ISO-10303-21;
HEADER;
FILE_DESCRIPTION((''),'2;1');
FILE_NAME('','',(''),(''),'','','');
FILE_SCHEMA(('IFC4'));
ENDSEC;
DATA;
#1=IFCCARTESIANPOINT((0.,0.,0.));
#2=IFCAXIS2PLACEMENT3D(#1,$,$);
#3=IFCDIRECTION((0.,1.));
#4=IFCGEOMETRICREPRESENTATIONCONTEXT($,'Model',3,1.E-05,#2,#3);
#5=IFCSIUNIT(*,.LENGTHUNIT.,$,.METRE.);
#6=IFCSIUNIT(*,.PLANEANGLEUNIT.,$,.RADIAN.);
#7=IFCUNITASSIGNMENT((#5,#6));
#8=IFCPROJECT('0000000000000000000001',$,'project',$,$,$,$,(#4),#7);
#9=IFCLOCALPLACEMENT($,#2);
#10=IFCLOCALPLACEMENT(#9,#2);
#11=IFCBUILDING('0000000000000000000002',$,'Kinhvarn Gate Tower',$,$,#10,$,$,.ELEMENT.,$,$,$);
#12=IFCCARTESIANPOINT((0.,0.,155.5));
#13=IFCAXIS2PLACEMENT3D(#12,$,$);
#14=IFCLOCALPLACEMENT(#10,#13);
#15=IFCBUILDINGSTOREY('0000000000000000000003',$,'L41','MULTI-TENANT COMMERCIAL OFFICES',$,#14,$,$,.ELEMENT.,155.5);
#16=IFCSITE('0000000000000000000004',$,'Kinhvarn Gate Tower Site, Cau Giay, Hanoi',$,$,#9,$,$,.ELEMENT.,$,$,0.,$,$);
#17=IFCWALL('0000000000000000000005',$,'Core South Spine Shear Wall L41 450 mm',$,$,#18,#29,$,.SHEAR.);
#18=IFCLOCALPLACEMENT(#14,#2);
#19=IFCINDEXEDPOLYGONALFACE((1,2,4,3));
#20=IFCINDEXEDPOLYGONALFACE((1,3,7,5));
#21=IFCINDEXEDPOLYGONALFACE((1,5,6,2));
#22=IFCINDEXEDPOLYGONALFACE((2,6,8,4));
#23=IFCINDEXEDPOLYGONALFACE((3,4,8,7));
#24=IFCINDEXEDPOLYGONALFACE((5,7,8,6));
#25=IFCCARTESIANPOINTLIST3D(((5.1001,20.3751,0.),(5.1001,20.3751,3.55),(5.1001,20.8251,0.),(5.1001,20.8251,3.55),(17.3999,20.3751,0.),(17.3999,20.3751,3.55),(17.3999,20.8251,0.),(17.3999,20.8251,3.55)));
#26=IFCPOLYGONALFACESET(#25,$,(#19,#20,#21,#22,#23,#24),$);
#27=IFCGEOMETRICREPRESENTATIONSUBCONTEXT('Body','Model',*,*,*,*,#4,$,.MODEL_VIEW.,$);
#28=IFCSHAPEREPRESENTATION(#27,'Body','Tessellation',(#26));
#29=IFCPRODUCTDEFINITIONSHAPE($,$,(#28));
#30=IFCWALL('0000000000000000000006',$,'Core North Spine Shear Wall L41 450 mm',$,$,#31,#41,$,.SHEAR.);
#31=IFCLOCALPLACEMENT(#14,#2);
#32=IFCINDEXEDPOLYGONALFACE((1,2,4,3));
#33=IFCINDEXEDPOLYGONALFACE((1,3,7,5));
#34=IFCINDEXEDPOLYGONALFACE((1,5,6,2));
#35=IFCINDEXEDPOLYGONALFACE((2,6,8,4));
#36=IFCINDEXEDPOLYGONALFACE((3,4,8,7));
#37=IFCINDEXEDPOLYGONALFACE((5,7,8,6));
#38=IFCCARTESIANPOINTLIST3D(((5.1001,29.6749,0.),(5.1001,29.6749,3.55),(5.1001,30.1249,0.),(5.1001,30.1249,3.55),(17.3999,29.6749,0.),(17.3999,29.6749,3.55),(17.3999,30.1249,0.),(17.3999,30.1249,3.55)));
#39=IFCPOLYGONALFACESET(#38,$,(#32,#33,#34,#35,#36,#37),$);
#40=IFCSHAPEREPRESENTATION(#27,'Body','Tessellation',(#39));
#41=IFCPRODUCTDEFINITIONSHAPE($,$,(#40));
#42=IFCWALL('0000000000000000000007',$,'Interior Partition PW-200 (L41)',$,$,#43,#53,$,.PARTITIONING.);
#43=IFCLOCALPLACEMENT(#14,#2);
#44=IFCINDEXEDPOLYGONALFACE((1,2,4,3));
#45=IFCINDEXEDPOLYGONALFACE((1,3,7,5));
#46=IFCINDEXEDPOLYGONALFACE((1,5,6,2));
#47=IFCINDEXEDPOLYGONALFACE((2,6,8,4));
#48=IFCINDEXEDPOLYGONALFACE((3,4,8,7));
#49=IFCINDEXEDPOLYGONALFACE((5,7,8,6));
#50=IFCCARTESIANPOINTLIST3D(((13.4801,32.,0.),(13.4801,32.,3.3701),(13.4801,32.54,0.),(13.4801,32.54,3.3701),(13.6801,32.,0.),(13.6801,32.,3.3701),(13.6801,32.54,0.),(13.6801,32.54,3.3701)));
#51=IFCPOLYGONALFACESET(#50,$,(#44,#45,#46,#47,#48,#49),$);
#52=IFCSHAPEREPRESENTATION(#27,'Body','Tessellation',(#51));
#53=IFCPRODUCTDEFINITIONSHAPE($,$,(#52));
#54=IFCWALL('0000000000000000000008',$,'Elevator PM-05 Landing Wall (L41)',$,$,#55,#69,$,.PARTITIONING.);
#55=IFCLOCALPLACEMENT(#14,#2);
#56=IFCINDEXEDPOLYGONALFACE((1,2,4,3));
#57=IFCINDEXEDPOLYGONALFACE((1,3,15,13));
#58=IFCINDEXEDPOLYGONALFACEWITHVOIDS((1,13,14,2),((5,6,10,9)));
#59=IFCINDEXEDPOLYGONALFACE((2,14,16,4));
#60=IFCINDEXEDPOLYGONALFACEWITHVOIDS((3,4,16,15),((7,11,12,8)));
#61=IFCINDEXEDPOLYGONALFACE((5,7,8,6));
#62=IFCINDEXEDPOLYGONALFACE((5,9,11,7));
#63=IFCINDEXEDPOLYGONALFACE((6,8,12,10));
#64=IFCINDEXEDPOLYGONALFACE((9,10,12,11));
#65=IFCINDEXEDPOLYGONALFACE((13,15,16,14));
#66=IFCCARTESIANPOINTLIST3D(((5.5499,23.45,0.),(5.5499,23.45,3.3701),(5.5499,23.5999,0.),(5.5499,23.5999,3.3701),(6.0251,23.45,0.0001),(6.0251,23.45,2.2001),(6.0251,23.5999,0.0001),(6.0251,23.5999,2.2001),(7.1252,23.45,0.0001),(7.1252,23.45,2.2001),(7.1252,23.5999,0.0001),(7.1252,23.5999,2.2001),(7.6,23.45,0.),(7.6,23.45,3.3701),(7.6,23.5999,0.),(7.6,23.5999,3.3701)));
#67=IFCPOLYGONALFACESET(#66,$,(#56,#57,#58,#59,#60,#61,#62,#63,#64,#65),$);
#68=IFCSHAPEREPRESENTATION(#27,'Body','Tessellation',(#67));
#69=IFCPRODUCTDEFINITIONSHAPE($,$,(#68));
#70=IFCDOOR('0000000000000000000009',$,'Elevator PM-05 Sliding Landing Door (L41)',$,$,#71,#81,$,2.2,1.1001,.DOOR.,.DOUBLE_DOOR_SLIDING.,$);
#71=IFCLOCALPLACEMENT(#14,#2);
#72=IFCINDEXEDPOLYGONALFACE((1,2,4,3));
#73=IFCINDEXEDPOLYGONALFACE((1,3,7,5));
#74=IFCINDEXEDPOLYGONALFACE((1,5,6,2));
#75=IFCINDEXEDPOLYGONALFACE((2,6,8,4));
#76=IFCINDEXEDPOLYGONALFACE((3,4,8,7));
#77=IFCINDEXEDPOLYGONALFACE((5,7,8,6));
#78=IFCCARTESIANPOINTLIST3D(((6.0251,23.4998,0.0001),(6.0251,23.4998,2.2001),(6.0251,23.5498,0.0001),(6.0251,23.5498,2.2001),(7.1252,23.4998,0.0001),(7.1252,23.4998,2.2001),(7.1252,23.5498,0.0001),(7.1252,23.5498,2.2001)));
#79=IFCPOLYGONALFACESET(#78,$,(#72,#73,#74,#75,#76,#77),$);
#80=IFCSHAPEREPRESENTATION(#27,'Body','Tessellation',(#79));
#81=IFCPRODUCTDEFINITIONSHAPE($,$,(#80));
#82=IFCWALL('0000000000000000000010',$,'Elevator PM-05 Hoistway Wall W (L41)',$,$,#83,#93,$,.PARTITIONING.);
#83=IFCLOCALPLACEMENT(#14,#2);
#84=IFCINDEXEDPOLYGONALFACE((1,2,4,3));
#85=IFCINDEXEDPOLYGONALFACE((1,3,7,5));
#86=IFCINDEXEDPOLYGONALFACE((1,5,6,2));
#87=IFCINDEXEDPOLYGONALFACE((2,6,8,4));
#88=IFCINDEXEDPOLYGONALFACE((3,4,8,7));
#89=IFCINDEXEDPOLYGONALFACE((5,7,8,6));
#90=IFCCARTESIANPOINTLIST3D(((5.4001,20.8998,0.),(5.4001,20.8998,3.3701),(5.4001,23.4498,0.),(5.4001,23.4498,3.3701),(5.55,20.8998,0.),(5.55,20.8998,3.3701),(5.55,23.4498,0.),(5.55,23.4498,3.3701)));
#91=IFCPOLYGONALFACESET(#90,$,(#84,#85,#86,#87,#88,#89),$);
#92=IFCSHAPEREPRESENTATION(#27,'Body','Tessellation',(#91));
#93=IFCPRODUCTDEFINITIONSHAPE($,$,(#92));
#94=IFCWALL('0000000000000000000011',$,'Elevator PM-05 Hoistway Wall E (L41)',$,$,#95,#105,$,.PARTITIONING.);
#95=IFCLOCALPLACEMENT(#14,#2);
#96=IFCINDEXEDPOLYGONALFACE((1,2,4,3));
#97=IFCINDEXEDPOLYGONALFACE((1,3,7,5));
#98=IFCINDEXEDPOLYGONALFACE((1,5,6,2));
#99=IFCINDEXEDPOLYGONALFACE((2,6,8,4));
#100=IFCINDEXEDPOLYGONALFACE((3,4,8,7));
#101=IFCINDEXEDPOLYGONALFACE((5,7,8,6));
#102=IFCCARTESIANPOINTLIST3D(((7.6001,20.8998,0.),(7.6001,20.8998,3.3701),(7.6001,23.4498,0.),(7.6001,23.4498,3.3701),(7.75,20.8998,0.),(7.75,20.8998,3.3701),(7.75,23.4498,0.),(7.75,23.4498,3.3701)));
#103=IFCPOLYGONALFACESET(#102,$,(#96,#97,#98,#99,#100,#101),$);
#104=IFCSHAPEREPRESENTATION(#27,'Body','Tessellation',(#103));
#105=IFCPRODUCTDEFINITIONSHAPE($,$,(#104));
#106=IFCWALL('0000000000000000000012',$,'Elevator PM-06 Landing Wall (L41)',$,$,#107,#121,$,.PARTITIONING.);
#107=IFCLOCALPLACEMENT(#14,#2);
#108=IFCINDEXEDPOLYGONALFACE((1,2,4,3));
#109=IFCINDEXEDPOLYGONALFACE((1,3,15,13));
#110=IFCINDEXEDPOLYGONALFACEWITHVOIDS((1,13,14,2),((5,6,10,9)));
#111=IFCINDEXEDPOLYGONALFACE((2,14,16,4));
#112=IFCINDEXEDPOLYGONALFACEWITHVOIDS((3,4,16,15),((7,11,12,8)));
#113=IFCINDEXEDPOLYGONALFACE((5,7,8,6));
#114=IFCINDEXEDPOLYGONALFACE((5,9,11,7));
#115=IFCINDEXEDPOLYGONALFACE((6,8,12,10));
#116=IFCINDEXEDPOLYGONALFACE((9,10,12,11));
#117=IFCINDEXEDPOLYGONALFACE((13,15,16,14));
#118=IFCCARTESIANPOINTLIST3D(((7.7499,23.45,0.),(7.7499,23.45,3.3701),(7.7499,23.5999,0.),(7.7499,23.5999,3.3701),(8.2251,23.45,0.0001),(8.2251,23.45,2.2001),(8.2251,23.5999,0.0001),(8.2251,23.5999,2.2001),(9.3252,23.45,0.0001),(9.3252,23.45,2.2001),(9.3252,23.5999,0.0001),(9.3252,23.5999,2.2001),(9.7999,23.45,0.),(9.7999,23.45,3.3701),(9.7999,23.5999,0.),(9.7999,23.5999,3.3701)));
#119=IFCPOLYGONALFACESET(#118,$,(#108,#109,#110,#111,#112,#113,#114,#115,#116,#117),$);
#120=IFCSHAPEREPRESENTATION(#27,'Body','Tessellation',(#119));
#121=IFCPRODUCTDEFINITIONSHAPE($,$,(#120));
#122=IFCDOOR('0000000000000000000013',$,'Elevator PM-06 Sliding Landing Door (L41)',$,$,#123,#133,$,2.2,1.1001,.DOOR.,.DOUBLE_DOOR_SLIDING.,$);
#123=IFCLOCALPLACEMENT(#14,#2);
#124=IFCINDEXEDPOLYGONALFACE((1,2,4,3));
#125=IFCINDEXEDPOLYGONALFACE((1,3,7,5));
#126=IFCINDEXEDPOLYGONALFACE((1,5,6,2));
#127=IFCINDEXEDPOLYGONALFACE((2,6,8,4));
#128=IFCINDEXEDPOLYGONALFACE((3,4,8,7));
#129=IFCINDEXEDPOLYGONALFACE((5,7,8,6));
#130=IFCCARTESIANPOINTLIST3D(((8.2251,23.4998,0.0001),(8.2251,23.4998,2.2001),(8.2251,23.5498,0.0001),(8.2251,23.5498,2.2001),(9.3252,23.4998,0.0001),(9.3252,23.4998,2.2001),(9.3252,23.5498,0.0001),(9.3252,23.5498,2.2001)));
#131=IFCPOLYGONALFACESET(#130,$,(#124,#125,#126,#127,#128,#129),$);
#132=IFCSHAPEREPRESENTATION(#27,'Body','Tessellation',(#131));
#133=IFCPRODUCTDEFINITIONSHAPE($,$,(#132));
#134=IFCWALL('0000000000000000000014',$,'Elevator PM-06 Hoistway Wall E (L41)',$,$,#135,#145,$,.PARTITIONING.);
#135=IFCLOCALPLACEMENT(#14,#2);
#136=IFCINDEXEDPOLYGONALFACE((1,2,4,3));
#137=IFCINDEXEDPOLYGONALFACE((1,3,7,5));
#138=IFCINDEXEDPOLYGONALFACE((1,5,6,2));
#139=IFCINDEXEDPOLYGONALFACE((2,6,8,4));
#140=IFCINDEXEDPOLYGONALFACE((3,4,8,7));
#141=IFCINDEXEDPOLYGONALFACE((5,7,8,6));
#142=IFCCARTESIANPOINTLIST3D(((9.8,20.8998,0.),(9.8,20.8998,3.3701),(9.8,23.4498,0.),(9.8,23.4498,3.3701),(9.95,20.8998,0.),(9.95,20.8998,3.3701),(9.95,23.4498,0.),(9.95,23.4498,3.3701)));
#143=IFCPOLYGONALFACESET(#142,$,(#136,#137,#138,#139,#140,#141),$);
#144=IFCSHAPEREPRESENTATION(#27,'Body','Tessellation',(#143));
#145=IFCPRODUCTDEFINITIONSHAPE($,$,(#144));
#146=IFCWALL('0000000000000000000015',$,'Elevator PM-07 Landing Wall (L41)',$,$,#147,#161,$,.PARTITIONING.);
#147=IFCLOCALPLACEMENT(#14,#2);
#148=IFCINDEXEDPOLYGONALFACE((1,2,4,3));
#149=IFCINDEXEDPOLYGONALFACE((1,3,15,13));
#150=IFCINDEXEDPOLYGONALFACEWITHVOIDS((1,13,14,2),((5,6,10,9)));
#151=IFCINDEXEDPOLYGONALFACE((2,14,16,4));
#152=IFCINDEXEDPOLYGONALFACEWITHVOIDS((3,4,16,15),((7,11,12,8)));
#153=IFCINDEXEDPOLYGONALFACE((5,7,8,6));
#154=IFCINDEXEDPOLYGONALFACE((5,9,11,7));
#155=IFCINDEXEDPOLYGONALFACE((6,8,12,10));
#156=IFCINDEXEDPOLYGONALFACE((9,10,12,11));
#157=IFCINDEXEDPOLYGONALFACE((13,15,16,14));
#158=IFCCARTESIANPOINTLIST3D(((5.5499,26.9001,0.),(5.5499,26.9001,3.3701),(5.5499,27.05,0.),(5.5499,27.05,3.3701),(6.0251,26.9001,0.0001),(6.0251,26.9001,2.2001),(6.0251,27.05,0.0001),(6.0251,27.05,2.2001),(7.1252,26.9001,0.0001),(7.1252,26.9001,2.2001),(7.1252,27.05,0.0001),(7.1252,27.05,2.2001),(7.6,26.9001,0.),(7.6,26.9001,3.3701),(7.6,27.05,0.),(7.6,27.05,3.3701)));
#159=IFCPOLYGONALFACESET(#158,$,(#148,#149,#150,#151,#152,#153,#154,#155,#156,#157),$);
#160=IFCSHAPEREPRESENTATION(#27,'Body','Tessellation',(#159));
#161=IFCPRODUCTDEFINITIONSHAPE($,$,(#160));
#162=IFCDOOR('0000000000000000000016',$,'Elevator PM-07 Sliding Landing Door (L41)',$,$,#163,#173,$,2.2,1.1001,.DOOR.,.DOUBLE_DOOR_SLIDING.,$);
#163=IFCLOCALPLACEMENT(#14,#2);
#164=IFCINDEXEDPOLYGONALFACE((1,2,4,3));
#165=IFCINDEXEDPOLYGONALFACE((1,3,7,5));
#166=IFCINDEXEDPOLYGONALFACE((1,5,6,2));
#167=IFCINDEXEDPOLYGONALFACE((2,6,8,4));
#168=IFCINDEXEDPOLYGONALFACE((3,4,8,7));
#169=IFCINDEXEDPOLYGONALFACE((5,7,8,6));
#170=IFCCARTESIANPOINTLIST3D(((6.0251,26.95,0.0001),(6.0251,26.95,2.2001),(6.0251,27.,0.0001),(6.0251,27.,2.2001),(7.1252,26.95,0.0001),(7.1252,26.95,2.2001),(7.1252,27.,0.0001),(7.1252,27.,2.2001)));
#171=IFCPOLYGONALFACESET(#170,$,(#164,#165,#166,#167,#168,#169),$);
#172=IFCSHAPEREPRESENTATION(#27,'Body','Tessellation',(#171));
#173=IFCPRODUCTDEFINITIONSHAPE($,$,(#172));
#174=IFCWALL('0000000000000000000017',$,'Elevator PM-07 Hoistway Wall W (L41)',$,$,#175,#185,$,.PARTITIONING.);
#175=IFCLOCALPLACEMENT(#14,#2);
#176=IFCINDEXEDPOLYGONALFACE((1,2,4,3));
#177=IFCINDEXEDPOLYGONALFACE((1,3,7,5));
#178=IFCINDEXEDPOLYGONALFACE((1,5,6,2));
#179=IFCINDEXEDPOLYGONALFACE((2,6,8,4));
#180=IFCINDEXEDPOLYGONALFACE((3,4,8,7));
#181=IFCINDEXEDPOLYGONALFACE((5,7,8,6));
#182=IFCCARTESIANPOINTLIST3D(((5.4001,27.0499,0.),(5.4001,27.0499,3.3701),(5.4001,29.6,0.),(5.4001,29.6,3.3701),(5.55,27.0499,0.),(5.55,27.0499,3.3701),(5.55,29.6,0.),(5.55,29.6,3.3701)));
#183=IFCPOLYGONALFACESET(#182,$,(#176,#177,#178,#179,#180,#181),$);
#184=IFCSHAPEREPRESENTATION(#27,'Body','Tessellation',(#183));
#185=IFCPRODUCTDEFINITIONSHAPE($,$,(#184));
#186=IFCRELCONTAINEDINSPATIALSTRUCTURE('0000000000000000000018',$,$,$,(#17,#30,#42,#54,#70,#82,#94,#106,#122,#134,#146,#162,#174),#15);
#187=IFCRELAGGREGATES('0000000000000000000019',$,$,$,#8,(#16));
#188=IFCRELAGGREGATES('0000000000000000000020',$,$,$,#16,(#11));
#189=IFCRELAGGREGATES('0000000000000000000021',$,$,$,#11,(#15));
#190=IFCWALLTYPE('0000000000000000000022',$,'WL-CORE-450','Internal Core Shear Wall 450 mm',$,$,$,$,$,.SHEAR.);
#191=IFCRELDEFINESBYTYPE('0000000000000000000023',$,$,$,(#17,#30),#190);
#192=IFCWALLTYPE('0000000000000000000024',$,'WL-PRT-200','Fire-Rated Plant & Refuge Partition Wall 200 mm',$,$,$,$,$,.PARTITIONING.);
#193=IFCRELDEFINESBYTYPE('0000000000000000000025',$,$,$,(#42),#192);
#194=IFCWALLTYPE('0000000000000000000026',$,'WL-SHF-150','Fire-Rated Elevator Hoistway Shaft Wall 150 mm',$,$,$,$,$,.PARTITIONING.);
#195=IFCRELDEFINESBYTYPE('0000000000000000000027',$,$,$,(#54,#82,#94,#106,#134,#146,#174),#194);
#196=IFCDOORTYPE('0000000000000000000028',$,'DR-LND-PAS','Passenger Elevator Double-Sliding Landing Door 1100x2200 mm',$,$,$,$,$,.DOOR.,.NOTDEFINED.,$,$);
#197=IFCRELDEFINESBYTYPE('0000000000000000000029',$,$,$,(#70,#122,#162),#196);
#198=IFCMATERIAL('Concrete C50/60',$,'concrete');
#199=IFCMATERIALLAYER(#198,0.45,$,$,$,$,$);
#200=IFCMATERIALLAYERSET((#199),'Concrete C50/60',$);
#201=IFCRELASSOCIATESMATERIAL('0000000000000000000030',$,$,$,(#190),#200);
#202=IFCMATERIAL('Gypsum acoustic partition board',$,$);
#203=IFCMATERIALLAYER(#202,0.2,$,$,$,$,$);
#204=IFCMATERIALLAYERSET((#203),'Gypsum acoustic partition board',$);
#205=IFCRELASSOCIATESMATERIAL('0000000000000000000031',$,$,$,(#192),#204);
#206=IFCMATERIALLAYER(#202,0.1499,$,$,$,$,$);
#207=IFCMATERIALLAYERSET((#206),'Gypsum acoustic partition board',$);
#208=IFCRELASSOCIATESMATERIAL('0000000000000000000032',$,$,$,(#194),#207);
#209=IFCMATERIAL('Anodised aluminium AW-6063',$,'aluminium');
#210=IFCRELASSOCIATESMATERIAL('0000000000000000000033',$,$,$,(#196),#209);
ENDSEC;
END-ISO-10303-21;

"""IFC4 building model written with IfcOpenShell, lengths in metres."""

from ifc_helpers import new_model, si_unit, direction, frame, frame_2d, origin, place, context, subcontext, project, spatial, rectangle, extrude, material, layer, layer_set, type_object, element, fill, save


model = new_model("IFC4")

# Units and contexts
model_context = context("Model", 3, precision=1e-05, world=origin(), true_north=direction((0.0, 1.0)))
body_context = subcontext(model_context, "Body", "Model", "MODEL_VIEW")
ifc_project = project(units=[si_unit("LENGTHUNIT", "METRE"), si_unit("PLANEANGLEUNIT", "RADIAN")], contexts=[model_context])

# Site, building, storey
site_placement = place(None, origin())
site = spatial("IfcSite", under=ifc_project, at=site_placement, Name="Kinhvarn Gate Tower Site, Cau Giay, Hanoi", CompositionType="ELEMENT", RefElevation=0.0)
building_placement = place(site_placement, origin())
building = spatial("IfcBuilding", under=site, at=building_placement, Name="Kinhvarn Gate Tower", CompositionType="ELEMENT")
storey_placement = place(building_placement, frame((0.0, 0.0, 155.5)))
storey = spatial("IfcBuildingStorey", under=building, at=storey_placement, Name="L41", Description="MULTI-TENANT COMMERCIAL OFFICES", CompositionType="ELEMENT", Elevation=155.5)

# Walls
ifc_material_1 = material(Name="Concrete C50/60", Category="concrete")
ifc_layer_1 = layer(ifc_material_1, 0.45)
ifc_layer_set_1 = layer_set([ifc_layer_1], Name="Concrete C50/60")
wall_type_1 = type_object("IfcWallType", Name="WL-CORE-450", Description="Internal Core Shear Wall 450 mm", PredefinedType="SHEAR", material=ifc_layer_set_1)
for number, where, z_axis, x_axis, name in (
    (1, (5.1001, 20.6001, 0.0), (0.0, 0.0, 1.0), (1.0, 0.0, 0.0), "Core South Spine Shear Wall L41 450 mm"),
    (2, (5.1001, 29.8999, 0.0), (0.0, 0.0, 1.0), (1.0, 0.0, 0.0), "Core North Spine Shear Wall L41 450 mm"),
):
    element("IfcWall", number, at=place(storey_placement, frame(where, z_axis=z_axis, x_axis=x_axis)), inside=storey, type_object=wall_type_1, Name=name, PredefinedType="SHEAR", context=body_context, shape_type="SweptSolid", body=[
        extrude(rectangle(XDim=12.2998, YDim=0.45, at=frame_2d((6.1499, 0.0))), origin(), (0.0, 0.0, 1.0), 3.55),
    ])
ifc_material_2 = material(Name="Gypsum acoustic partition board")
ifc_layer_2 = layer(ifc_material_2, 0.2)
ifc_layer_set_2 = layer_set([ifc_layer_2], Name="Gypsum acoustic partition board")
wall_type_2 = type_object("IfcWallType", Name="WL-PRT-200", Description="Fire-Rated Plant & Refuge Partition Wall 200 mm", PredefinedType="PARTITIONING", material=ifc_layer_set_2)
wall_1_placement = place(storey_placement, frame((13.5801, 32.0, 0.0), z_axis=(0.0, 0.0, 1.0), x_axis=(0.0, 1.0, 0.0)))
element("IfcWall", 3, at=wall_1_placement, inside=storey, type_object=wall_type_2, Name="Interior Partition PW-200 (L41)", PredefinedType="PARTITIONING", context=body_context, shape_type="SweptSolid", body=[
    extrude(rectangle(XDim=0.54, YDim=0.2, at=frame_2d((0.27, 0.0))), origin(), (0.0, 0.0, 1.0), 3.3701),
])

# Wall, opening, door
ifc_layer_3 = layer(ifc_material_2, 0.1499)
ifc_layer_set_3 = layer_set([ifc_layer_3], Name="Gypsum acoustic partition board")
wall_type_3 = type_object("IfcWallType", Name="WL-SHF-150", Description="Fire-Rated Elevator Hoistway Shaft Wall 150 mm", PredefinedType="PARTITIONING", material=ifc_layer_set_3)
wall_2_placement = place(storey_placement, frame((5.55, 23.5249, 0.0), z_axis=(0.0, 0.0, 1.0), x_axis=(1.0, 0.0, 0.0)))
wall_2 = element("IfcWall", 4, at=wall_2_placement, inside=storey, type_object=wall_type_3, Name="Elevator PM-05 Landing Wall (L41)", PredefinedType="PARTITIONING", context=body_context, shape_type="SweptSolid", body=[
    extrude(rectangle(XDim=2.05, YDim=0.1499, at=frame_2d((1.0249, 0.0))), origin(), (0.0, 0.0, 1.0), 3.3701),
])
opening_1_placement = place(wall_2_placement, frame((0.4751, 0.0, 0.0)))
opening_1 = element("IfcOpeningElement", 5, at=opening_1_placement, cuts=wall_2, PredefinedType="OPENING", context=body_context, shape_type="SweptSolid", body=[
    extrude(rectangle(XDim=1.1001, YDim=2.2, at=frame_2d((0.55, 1.1001))), frame((0.0, 0.085, 0.0), z_axis=(0.0, -1.0, 0.0), x_axis=(1.0, 0.0, 0.0)), (0.0, 0.0, 1.0), 0.1699),
])
ifc_material_3 = material(Name="Anodised aluminium AW-6063", Category="aluminium")
door_type_1 = type_object("IfcDoorType", Name="DR-LND-PAS", Description="Passenger Elevator Double-Sliding Landing Door 1100x2200 mm", OperationType="NOTDEFINED", PredefinedType="DOOR", material=ifc_material_3)
door_1_placement = place(opening_1_placement, origin())
door_1 = element("IfcDoor", 6, at=door_1_placement, inside=storey, type_object=door_type_1, Name="Elevator PM-05 Sliding Landing Door (L41)", OperationType="DOUBLE_DOOR_SLIDING", OverallHeight=2.2, OverallWidth=1.1001, PredefinedType="DOOR", context=body_context, shape_type="SweptSolid", body=[
    extrude(rectangle(XDim=1.1001, YDim=2.2, at=frame_2d((0.55, 1.1001))), frame((0.0, 0.0249, 0.0), z_axis=(0.0, -1.0, 0.0), x_axis=(1.0, 0.0, 0.0)), (0.0, 0.0, 1.0), 0.05),
])
fill(opening_1, door_1)

# Walls
for number, where, z_axis, x_axis, name in (
    (7, (5.4751, 20.8999, 0.0), (0.0, 0.0, 1.0), (0.0, 1.0, 0.0), "Elevator PM-05 Hoistway Wall W (L41)"),
    (8, (7.675, 20.8999, 0.0), (0.0, 0.0, 1.0), (0.0, 1.0, 0.0), "Elevator PM-05 Hoistway Wall E (L41)"),
):
    element("IfcWall", number, at=place(storey_placement, frame(where, z_axis=z_axis, x_axis=x_axis)), inside=storey, type_object=wall_type_3, Name=name, PredefinedType="PARTITIONING", context=body_context, shape_type="SweptSolid", body=[
        extrude(rectangle(XDim=2.55, YDim=0.1499, at=frame_2d((1.2749, 0.0))), origin(), (0.0, 0.0, 1.0), 3.3701),
    ])

# Wall, opening, door
wall_3_placement = place(storey_placement, frame((7.75, 23.5249, 0.0), z_axis=(0.0, 0.0, 1.0), x_axis=(1.0, 0.0, 0.0)))
wall_3 = element("IfcWall", 9, at=wall_3_placement, inside=storey, type_object=wall_type_3, Name="Elevator PM-06 Landing Wall (L41)", PredefinedType="PARTITIONING", context=body_context, shape_type="SweptSolid", body=[
    extrude(rectangle(XDim=2.05, YDim=0.1499, at=frame_2d((1.0249, 0.0))), origin(), (0.0, 0.0, 1.0), 3.3701),
])
opening_2_placement = place(wall_3_placement, frame((0.4751, 0.0, 0.0)))
opening_2 = element("IfcOpeningElement", 10, at=opening_2_placement, cuts=wall_3, PredefinedType="OPENING", context=body_context, shape_type="SweptSolid", body=[
    extrude(rectangle(XDim=1.1001, YDim=2.2, at=frame_2d((0.55, 1.1001))), frame((0.0, 0.085, 0.0), z_axis=(0.0, -1.0, 0.0), x_axis=(1.0, 0.0, 0.0)), (0.0, 0.0, 1.0), 0.1699),
])
door_2_placement = place(opening_2_placement, origin())
door_2 = element("IfcDoor", 11, at=door_2_placement, inside=storey, type_object=door_type_1, Name="Elevator PM-06 Sliding Landing Door (L41)", OperationType="DOUBLE_DOOR_SLIDING", OverallHeight=2.2, OverallWidth=1.1001, PredefinedType="DOOR", context=body_context, shape_type="SweptSolid", body=[
    extrude(rectangle(XDim=1.1001, YDim=2.2, at=frame_2d((0.55, 1.1001))), frame((0.0, 0.0249, 0.0), z_axis=(0.0, -1.0, 0.0), x_axis=(1.0, 0.0, 0.0)), (0.0, 0.0, 1.0), 0.05),
])
fill(opening_2, door_2)

# Wall
wall_4_placement = place(storey_placement, frame((9.875, 20.8999, 0.0), z_axis=(0.0, 0.0, 1.0), x_axis=(0.0, 1.0, 0.0)))
element("IfcWall", 12, at=wall_4_placement, inside=storey, type_object=wall_type_3, Name="Elevator PM-06 Hoistway Wall E (L41)", PredefinedType="PARTITIONING", context=body_context, shape_type="SweptSolid", body=[
    extrude(rectangle(XDim=2.55, YDim=0.1499, at=frame_2d((1.2749, 0.0))), origin(), (0.0, 0.0, 1.0), 3.3701),
])

# Wall, opening, door
wall_5_placement = place(storey_placement, frame((5.55, 26.9751, 0.0), z_axis=(0.0, 0.0, 1.0), x_axis=(1.0, 0.0, 0.0)))
wall_5 = element("IfcWall", 13, at=wall_5_placement, inside=storey, type_object=wall_type_3, Name="Elevator PM-07 Landing Wall (L41)", PredefinedType="PARTITIONING", context=body_context, shape_type="SweptSolid", body=[
    extrude(rectangle(XDim=2.05, YDim=0.1499, at=frame_2d((1.0249, 0.0))), origin(), (0.0, 0.0, 1.0), 3.3701),
])
opening_3_placement = place(wall_5_placement, frame((0.4751, 0.0, 0.0)))
opening_3 = element("IfcOpeningElement", 14, at=opening_3_placement, cuts=wall_5, PredefinedType="OPENING", context=body_context, shape_type="SweptSolid", body=[
    extrude(rectangle(XDim=1.1001, YDim=2.2, at=frame_2d((0.55, 1.1001))), frame((0.0, 0.085, 0.0), z_axis=(0.0, -1.0, 0.0), x_axis=(1.0, 0.0, 0.0)), (0.0, 0.0, 1.0), 0.1699),
])
door_3_placement = place(opening_3_placement, origin())
door_3 = element("IfcDoor", 15, at=door_3_placement, inside=storey, type_object=door_type_1, Name="Elevator PM-07 Sliding Landing Door (L41)", OperationType="DOUBLE_DOOR_SLIDING", OverallHeight=2.2, OverallWidth=1.1001, PredefinedType="DOOR", context=body_context, shape_type="SweptSolid", body=[
    extrude(rectangle(XDim=1.1001, YDim=2.2, at=frame_2d((0.55, 1.1001))), frame((0.0, 0.0249, 0.0), z_axis=(0.0, -1.0, 0.0), x_axis=(1.0, 0.0, 0.0)), (0.0, 0.0, 1.0), 0.05),
])
fill(opening_3, door_3)

# Wall
for number, where, z_axis, x_axis, name in (
    (16, (5.4751, 27.05, 0.0), (0.0, 0.0, 1.0), (0.0, 1.0, 0.0), "Elevator PM-07 Hoistway Wall W (L41)"),
):
    element("IfcWall", number, at=place(storey_placement, frame(where, z_axis=z_axis, x_axis=x_axis)), inside=storey, type_object=wall_type_3, Name=name, PredefinedType="PARTITIONING", context=body_context, shape_type="SweptSolid", body=[
        extrude(rectangle(XDim=2.55, YDim=0.1499, at=frame_2d((1.2749, 0.0))), origin(), (0.0, 0.0, 1.0), 3.3701),
    ])

save(model, "model.ifc")
